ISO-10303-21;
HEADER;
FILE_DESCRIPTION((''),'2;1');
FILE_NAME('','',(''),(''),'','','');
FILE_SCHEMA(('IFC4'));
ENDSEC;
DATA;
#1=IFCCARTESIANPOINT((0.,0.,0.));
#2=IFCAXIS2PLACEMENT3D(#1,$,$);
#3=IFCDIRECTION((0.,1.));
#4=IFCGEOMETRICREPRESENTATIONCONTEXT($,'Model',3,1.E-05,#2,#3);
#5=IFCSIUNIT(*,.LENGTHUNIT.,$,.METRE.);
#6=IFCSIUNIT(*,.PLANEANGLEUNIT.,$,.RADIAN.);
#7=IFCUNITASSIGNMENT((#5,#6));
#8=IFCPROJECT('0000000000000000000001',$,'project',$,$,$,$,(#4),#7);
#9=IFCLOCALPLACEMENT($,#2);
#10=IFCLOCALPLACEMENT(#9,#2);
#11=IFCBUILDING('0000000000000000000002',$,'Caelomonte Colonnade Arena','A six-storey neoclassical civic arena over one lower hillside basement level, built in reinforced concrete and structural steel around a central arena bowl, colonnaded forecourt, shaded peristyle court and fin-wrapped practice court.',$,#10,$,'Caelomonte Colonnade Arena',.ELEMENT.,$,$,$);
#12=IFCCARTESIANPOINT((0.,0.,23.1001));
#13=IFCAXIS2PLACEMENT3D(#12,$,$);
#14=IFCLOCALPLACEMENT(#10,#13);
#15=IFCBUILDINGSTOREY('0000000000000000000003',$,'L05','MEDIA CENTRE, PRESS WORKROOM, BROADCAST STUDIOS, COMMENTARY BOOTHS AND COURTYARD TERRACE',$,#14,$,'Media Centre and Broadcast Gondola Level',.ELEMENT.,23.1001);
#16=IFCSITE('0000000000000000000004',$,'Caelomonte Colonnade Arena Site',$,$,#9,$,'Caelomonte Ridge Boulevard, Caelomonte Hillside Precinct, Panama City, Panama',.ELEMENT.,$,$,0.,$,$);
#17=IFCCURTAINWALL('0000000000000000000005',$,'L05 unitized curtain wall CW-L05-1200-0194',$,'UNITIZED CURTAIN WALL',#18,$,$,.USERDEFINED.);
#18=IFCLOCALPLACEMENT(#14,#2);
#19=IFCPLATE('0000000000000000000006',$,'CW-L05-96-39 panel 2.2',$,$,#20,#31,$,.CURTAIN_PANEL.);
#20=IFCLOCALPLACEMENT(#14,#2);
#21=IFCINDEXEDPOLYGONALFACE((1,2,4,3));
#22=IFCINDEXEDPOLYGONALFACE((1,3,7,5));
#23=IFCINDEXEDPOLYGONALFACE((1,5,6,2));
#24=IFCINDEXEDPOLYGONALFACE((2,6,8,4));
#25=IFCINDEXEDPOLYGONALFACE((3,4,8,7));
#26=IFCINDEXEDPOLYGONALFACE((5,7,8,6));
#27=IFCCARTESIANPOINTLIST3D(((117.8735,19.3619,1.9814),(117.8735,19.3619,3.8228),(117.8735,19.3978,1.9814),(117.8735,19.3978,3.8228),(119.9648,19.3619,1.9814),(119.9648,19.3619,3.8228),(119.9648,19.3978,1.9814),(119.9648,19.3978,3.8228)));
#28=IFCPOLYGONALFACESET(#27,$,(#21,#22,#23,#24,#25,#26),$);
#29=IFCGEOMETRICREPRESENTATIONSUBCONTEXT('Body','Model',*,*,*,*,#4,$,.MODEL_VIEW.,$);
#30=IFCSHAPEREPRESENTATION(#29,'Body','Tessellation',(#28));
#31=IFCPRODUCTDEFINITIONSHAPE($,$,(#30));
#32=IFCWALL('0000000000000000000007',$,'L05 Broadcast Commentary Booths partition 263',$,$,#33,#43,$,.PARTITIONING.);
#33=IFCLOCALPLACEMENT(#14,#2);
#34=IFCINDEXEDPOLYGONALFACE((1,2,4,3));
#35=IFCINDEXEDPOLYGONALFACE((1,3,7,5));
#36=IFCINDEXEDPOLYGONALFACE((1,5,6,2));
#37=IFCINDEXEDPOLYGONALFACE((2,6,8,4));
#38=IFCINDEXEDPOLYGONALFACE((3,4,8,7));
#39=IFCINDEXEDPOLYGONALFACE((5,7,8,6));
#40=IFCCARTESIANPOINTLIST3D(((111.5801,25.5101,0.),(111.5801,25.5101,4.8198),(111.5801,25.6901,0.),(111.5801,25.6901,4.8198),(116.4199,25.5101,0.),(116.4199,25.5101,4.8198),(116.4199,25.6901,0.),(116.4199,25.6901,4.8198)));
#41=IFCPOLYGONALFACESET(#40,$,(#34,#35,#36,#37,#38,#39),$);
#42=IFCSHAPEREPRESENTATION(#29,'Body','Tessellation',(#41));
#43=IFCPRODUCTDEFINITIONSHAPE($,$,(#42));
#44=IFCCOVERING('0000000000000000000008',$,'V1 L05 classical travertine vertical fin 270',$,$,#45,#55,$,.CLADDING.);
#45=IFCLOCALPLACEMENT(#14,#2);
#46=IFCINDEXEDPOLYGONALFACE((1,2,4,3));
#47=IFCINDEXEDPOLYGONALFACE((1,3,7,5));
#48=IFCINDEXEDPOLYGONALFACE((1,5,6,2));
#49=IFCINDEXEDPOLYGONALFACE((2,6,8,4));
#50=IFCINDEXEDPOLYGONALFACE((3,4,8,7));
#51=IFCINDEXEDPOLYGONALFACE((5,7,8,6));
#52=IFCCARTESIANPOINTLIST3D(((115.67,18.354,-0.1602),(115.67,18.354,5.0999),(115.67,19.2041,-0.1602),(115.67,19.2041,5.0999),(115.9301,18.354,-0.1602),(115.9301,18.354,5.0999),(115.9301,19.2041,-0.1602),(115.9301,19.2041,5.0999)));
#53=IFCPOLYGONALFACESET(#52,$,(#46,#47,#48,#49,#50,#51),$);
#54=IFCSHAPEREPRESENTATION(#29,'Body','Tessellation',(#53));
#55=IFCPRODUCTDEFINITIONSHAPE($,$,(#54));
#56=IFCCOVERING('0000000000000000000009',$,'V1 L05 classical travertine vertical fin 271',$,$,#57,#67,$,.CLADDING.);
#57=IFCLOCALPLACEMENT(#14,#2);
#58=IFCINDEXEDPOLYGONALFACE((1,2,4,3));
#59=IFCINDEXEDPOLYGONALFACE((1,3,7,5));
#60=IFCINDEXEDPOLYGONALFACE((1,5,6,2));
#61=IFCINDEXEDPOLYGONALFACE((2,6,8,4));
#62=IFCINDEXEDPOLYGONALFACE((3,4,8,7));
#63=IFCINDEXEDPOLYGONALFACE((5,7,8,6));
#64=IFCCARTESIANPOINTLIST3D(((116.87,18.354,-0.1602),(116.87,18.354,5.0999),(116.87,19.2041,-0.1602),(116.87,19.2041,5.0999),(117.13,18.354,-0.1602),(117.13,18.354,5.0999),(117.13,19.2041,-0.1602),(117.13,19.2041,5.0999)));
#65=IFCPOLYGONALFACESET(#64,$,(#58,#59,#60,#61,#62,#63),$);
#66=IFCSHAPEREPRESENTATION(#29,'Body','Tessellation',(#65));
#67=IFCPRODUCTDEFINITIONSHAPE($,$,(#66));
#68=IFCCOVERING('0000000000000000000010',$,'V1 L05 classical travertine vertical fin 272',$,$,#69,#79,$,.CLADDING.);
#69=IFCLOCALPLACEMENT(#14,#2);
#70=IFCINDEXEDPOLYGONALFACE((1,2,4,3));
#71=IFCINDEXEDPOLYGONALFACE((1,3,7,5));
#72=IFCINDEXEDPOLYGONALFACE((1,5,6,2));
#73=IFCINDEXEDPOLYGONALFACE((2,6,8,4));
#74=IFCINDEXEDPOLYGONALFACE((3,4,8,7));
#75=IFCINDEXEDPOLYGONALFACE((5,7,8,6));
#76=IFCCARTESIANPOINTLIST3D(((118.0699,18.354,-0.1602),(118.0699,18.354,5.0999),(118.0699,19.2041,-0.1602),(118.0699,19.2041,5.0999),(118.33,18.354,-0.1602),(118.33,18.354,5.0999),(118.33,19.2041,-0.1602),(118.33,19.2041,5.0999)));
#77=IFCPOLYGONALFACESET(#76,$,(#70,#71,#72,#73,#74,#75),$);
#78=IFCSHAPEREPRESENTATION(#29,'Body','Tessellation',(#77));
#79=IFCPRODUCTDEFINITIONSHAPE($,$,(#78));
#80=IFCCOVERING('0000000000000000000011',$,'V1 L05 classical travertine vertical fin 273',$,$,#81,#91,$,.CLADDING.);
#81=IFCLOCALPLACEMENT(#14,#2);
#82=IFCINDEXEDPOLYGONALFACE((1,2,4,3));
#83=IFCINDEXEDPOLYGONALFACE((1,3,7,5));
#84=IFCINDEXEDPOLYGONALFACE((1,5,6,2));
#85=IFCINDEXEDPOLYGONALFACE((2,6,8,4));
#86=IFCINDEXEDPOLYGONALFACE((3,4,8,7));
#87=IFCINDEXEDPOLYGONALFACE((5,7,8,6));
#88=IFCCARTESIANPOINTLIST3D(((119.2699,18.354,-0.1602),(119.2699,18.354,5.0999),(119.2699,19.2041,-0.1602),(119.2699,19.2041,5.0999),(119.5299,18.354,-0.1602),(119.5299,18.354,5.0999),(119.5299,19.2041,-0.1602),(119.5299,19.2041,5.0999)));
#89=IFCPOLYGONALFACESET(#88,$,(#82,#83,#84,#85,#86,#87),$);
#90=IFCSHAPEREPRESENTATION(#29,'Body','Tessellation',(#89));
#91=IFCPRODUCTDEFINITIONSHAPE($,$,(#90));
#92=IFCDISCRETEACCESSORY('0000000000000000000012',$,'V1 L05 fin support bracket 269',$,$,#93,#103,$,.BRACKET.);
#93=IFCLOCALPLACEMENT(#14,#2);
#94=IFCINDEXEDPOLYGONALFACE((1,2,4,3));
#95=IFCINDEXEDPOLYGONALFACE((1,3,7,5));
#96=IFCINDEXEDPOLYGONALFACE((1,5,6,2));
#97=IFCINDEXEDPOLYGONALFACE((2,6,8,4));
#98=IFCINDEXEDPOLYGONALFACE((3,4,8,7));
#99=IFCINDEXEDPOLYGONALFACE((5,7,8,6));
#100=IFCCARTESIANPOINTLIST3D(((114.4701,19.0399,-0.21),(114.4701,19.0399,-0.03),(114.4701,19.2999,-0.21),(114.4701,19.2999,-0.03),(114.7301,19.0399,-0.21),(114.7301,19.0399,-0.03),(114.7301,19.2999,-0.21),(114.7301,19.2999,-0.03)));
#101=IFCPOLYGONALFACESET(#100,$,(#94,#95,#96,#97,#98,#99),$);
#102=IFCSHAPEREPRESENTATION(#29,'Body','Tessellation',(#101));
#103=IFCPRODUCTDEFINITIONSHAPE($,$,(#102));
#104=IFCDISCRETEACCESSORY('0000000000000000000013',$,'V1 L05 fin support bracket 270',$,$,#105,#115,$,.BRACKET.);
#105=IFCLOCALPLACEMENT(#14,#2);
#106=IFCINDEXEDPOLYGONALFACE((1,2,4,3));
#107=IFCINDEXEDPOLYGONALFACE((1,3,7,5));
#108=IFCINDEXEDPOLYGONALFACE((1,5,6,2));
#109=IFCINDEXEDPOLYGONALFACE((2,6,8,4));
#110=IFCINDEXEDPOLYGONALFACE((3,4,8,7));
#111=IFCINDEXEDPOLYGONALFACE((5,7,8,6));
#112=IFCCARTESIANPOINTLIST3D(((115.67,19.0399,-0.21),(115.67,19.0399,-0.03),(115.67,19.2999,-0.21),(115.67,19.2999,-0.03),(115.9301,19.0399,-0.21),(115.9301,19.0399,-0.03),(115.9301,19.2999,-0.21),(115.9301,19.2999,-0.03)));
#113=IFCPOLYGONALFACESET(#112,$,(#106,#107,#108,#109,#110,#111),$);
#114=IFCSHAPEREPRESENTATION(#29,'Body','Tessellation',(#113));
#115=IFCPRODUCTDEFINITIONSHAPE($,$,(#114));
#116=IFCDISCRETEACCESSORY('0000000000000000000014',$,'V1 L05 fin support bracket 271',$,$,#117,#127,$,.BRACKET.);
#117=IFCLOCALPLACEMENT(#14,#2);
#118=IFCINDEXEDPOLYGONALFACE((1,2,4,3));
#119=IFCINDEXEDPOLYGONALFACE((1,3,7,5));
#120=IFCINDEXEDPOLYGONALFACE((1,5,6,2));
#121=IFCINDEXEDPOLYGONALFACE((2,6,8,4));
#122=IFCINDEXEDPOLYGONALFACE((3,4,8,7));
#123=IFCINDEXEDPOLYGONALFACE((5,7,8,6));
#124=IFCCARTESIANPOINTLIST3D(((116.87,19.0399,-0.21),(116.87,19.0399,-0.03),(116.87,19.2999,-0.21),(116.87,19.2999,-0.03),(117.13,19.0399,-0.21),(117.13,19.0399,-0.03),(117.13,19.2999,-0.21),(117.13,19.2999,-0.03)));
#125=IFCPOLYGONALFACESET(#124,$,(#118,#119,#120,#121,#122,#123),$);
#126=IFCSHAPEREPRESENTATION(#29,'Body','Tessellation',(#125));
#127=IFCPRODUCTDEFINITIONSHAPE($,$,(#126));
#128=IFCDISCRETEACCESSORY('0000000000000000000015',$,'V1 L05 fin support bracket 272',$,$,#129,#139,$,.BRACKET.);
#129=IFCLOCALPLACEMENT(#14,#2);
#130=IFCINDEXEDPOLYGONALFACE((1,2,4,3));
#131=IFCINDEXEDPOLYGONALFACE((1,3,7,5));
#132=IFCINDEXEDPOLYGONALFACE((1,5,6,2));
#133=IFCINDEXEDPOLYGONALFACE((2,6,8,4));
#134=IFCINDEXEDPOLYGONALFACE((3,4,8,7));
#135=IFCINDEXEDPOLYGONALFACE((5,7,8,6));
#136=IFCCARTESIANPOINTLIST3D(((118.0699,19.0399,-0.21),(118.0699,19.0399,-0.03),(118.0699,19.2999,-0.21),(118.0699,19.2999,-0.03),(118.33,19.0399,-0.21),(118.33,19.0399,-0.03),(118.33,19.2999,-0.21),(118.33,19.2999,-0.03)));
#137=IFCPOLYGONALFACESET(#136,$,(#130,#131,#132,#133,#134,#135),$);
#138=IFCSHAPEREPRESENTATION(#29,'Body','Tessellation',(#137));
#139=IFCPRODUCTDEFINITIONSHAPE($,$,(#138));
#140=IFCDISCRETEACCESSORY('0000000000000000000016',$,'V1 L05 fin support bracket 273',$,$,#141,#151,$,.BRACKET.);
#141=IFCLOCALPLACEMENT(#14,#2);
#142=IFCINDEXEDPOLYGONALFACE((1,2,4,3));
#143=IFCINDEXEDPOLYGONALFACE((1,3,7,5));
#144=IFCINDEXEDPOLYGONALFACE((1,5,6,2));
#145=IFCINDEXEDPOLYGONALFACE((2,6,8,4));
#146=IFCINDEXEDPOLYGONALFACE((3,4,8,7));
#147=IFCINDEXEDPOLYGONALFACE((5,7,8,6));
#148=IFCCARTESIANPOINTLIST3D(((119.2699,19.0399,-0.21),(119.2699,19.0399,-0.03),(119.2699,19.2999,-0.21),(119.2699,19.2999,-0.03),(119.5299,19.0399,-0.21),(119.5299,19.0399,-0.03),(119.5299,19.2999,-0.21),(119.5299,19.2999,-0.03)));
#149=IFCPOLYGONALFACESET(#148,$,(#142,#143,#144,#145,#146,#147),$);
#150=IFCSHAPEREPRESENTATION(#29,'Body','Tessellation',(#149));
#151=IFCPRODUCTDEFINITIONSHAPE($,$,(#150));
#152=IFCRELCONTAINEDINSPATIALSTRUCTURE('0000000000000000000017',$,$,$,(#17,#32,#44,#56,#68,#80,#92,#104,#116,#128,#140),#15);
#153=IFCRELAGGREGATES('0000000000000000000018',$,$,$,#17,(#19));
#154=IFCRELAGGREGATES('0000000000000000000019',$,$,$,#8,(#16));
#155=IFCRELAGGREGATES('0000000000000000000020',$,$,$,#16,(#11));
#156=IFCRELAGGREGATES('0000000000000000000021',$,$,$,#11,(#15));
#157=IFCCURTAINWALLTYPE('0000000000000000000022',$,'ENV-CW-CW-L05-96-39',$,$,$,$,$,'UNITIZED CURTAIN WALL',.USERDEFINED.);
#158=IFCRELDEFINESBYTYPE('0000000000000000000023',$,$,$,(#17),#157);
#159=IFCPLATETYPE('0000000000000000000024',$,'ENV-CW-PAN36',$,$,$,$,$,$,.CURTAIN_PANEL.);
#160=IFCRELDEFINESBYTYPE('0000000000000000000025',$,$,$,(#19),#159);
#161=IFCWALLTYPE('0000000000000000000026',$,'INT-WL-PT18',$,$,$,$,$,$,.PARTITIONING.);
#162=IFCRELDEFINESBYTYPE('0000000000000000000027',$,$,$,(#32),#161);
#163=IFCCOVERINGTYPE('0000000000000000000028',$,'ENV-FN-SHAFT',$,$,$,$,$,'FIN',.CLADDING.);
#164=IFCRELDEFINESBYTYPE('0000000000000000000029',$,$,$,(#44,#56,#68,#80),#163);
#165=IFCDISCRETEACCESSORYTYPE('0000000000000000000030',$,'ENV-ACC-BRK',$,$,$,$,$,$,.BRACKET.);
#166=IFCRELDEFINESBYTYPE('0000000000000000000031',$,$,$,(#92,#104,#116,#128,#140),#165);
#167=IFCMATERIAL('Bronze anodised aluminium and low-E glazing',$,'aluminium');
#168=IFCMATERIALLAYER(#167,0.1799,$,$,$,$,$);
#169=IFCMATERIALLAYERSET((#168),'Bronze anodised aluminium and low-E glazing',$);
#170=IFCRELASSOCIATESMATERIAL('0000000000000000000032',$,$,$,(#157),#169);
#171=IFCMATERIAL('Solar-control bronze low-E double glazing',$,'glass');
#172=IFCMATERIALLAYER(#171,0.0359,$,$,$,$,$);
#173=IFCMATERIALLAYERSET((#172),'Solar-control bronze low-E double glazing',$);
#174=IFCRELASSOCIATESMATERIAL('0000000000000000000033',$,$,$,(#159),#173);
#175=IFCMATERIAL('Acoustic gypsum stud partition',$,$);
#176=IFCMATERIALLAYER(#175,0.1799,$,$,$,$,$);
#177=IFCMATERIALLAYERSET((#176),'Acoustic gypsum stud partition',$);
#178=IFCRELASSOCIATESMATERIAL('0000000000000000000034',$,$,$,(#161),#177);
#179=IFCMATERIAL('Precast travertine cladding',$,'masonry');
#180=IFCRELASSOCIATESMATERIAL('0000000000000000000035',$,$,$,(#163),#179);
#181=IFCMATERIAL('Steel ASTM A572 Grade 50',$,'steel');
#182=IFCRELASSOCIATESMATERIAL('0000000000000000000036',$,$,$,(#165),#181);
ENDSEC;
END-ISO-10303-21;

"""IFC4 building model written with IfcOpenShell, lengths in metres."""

from ifc_helpers import new_model, si_unit, direction, frame, frame_2d, origin, origin_2d, place, context, subcontext, project, spatial, rectangle, extrude, material, layer, layer_set, material_profile, profile_set, type_object, element, aggregate, save


model = new_model("IFC4")

# Units and contexts
model_context = context("Model", 3, precision=1e-05, world=origin(), true_north=direction((0.0, 1.0)))
body_context = subcontext(model_context, "Body", "Model", "MODEL_VIEW")
ifc_project = project(units=[si_unit("LENGTHUNIT", "METRE"), si_unit("PLANEANGLEUNIT", "RADIAN")], contexts=[model_context])

# Site, building, storey
site_placement = place(None, origin())
site = spatial("IfcSite", under=ifc_project, at=site_placement, Name="Caelomonte Colonnade Arena Site", LongName="Caelomonte Ridge Boulevard, Caelomonte Hillside Precinct, Panama City, Panama", CompositionType="ELEMENT", RefElevation=0.0)
building_placement = place(site_placement, origin())
building = spatial("IfcBuilding", under=site, at=building_placement, Name="Caelomonte Colonnade Arena", Description="A six-storey neoclassical civic arena over one lower hillside basement level, built in reinforced concrete and structural steel around a central arena bowl, colonnaded forecourt, shaded peristyle court and fin-wrapped practice court.", LongName="Caelomonte Colonnade Arena", CompositionType="ELEMENT")
storey_placement = place(building_placement, frame((0.0, 0.0, 23.1001)))
storey = spatial("IfcBuildingStorey", under=building, at=storey_placement, Name="L05", Description="MEDIA CENTRE, PRESS WORKROOM, BROADCAST STUDIOS, COMMENTARY BOOTHS AND COURTYARD TERRACE", LongName="Media Centre and Broadcast Gondola Level", CompositionType="ELEMENT", Elevation=23.1001)

# Shared definitions
ifc_material_1 = material(Name="Bronze anodised aluminium and low-E glazing", Category="aluminium")
ifc_layer_1 = layer(ifc_material_1, 0.1799)
ifc_layer_set_1 = layer_set([ifc_layer_1], Name="Bronze anodised aluminium and low-E glazing")
curtain_wall_type = type_object("IfcCurtainWallType", Name="ENV-CW-CW-L05-96-39", ElementType="UNITIZED CURTAIN WALL", PredefinedType="USERDEFINED", material=ifc_layer_set_1)

# Curtain wall
curtain_wall_1_placement = place(storey_placement, origin())
curtain_wall_1 = element("IfcCurtainWall", 1, at=curtain_wall_1_placement, inside=storey, type_object=curtain_wall_type, Name="L05 unitized curtain wall CW-L05-1200-0194", ObjectType="UNITIZED CURTAIN WALL", PredefinedType="USERDEFINED")

# Plate
ifc_material_2 = material(Name="Solar-control bronze low-E double glazing", Category="glass")
ifc_layer_2 = layer(ifc_material_2, 0.0359)
ifc_layer_set_2 = layer_set([ifc_layer_2], Name="Solar-control bronze low-E double glazing")
plate_type = type_object("IfcPlateType", Name="ENV-CW-PAN36", PredefinedType="CURTAIN_PANEL", material=ifc_layer_set_2)
plate_1_placement = place(storey_placement, frame((118.9192, 19.3799, 1.9814), z_axis=(0.0, 0.0, 1.0), x_axis=(1.0, 0.0, 0.0)))
plate_1 = element("IfcPlate", 2, at=plate_1_placement, type_object=plate_type, Name="CW-L05-96-39 panel 2.2", PredefinedType="CURTAIN_PANEL", context=body_context, shape_type="SweptSolid", body=[
    extrude(rectangle(XDim=2.0913, YDim=0.0359, at=origin_2d()), origin(), (0.0, 0.0, 1.0), 1.8413),
])
aggregate(curtain_wall_1, [plate_1])

# Wall
ifc_material_3 = material(Name="Acoustic gypsum stud partition")
ifc_layer_3 = layer(ifc_material_3, 0.1799)
ifc_layer_set_3 = layer_set([ifc_layer_3], Name="Acoustic gypsum stud partition")
wall_type = type_object("IfcWallType", Name="INT-WL-PT18", PredefinedType="PARTITIONING", material=ifc_layer_set_3)
wall_placement = place(storey_placement, frame((116.4199, 25.6001, 0.0), z_axis=(0.0, 0.0, 1.0), x_axis=(-1.0, 0.0, 0.0)))
element("IfcWall", 3, at=wall_placement, inside=storey, type_object=wall_type, Name="L05 Broadcast Commentary Booths partition 263", PredefinedType="PARTITIONING", context=body_context, shape_type="SweptSolid", body=[
    extrude(rectangle(XDim=4.8398, YDim=0.1799, at=frame_2d((2.4199, 0.0))), origin(), (0.0, 0.0, 1.0), 4.8198),
])

# Coverings
ifc_material_4 = material(Name="Precast travertine cladding", Category="masonry")
ifc_material_profile_1 = material_profile(ifc_material_4, rectangle(XDim=0.26, YDim=0.8501, at=origin_2d()), Name="FIN260X850")
ifc_profile_set_1 = profile_set([ifc_material_profile_1], Name="Precast travertine cladding")
covering_type = type_object("IfcCoveringType", Name="ENV-FN-SHAFT", ElementType="FIN", PredefinedType="CLADDING", material=ifc_profile_set_1)
for number, where, z_axis, x_axis, name in (
    (4, (115.8, 18.7791, -0.1602), (0.0, 0.0, 1.0), (-1.0, 0.0, 0.0), "V1 L05 classical travertine vertical fin 270"),
    (5, (117.0, 18.7791, -0.1602), (0.0, 0.0, 1.0), (-1.0, 0.0, 0.0), "V1 L05 classical travertine vertical fin 271"),
    (6, (118.2, 18.7791, -0.1602), (0.0, 0.0, 1.0), (-1.0, 0.0, 0.0), "V1 L05 classical travertine vertical fin 272"),
    (7, (119.3999, 18.7791, -0.1602), (0.0, 0.0, 1.0), (-1.0, 0.0, 0.0), "V1 L05 classical travertine vertical fin 273"),
):
    element("IfcCovering", number, at=place(storey_placement, frame(where, z_axis=z_axis, x_axis=x_axis)), inside=storey, type_object=covering_type, Name=name, PredefinedType="CLADDING", context=body_context, shape_type="SweptSolid", body=[
        extrude(rectangle(XDim=0.26, YDim=0.8501, at=origin_2d()), origin(), (0.0, 0.0, 1.0), 5.26),
    ])

# Discrete accessories
ifc_material_5 = material(Name="Steel ASTM A572 Grade 50", Category="steel")
discrete_accessory_type = type_object("IfcDiscreteAccessoryType", Name="ENV-ACC-BRK", PredefinedType="BRACKET", material=ifc_material_5)
for number, where, z_axis, x_axis, name in (
    (8, (114.6001, 19.1699, -0.21), (0.0, 0.0, 1.0), (1.0, 0.0, 0.0), "V1 L05 fin support bracket 269"),
    (9, (115.8, 19.1699, -0.21), (0.0, 0.0, 1.0), (1.0, 0.0, 0.0), "V1 L05 fin support bracket 270"),
    (10, (117.0, 19.1699, -0.21), (0.0, 0.0, 1.0), (1.0, 0.0, 0.0), "V1 L05 fin support bracket 271"),
    (11, (118.2, 19.1699, -0.21), (0.0, 0.0, 1.0), (1.0, 0.0, 0.0), "V1 L05 fin support bracket 272"),
    (12, (119.3999, 19.1699, -0.21), (0.0, 0.0, 1.0), (1.0, 0.0, 0.0), "V1 L05 fin support bracket 273"),
):
    element("IfcDiscreteAccessory", number, at=place(storey_placement, frame(where, z_axis=z_axis, x_axis=x_axis)), inside=storey, type_object=discrete_accessory_type, Name=name, PredefinedType="BRACKET", context=body_context, shape_type="SweptSolid", body=[
        extrude(rectangle(XDim=0.26, YDim=0.26, at=origin_2d()), origin(), (0.0, 0.0, 1.0), 0.1799),
    ])

save(model, "model.ifc")
